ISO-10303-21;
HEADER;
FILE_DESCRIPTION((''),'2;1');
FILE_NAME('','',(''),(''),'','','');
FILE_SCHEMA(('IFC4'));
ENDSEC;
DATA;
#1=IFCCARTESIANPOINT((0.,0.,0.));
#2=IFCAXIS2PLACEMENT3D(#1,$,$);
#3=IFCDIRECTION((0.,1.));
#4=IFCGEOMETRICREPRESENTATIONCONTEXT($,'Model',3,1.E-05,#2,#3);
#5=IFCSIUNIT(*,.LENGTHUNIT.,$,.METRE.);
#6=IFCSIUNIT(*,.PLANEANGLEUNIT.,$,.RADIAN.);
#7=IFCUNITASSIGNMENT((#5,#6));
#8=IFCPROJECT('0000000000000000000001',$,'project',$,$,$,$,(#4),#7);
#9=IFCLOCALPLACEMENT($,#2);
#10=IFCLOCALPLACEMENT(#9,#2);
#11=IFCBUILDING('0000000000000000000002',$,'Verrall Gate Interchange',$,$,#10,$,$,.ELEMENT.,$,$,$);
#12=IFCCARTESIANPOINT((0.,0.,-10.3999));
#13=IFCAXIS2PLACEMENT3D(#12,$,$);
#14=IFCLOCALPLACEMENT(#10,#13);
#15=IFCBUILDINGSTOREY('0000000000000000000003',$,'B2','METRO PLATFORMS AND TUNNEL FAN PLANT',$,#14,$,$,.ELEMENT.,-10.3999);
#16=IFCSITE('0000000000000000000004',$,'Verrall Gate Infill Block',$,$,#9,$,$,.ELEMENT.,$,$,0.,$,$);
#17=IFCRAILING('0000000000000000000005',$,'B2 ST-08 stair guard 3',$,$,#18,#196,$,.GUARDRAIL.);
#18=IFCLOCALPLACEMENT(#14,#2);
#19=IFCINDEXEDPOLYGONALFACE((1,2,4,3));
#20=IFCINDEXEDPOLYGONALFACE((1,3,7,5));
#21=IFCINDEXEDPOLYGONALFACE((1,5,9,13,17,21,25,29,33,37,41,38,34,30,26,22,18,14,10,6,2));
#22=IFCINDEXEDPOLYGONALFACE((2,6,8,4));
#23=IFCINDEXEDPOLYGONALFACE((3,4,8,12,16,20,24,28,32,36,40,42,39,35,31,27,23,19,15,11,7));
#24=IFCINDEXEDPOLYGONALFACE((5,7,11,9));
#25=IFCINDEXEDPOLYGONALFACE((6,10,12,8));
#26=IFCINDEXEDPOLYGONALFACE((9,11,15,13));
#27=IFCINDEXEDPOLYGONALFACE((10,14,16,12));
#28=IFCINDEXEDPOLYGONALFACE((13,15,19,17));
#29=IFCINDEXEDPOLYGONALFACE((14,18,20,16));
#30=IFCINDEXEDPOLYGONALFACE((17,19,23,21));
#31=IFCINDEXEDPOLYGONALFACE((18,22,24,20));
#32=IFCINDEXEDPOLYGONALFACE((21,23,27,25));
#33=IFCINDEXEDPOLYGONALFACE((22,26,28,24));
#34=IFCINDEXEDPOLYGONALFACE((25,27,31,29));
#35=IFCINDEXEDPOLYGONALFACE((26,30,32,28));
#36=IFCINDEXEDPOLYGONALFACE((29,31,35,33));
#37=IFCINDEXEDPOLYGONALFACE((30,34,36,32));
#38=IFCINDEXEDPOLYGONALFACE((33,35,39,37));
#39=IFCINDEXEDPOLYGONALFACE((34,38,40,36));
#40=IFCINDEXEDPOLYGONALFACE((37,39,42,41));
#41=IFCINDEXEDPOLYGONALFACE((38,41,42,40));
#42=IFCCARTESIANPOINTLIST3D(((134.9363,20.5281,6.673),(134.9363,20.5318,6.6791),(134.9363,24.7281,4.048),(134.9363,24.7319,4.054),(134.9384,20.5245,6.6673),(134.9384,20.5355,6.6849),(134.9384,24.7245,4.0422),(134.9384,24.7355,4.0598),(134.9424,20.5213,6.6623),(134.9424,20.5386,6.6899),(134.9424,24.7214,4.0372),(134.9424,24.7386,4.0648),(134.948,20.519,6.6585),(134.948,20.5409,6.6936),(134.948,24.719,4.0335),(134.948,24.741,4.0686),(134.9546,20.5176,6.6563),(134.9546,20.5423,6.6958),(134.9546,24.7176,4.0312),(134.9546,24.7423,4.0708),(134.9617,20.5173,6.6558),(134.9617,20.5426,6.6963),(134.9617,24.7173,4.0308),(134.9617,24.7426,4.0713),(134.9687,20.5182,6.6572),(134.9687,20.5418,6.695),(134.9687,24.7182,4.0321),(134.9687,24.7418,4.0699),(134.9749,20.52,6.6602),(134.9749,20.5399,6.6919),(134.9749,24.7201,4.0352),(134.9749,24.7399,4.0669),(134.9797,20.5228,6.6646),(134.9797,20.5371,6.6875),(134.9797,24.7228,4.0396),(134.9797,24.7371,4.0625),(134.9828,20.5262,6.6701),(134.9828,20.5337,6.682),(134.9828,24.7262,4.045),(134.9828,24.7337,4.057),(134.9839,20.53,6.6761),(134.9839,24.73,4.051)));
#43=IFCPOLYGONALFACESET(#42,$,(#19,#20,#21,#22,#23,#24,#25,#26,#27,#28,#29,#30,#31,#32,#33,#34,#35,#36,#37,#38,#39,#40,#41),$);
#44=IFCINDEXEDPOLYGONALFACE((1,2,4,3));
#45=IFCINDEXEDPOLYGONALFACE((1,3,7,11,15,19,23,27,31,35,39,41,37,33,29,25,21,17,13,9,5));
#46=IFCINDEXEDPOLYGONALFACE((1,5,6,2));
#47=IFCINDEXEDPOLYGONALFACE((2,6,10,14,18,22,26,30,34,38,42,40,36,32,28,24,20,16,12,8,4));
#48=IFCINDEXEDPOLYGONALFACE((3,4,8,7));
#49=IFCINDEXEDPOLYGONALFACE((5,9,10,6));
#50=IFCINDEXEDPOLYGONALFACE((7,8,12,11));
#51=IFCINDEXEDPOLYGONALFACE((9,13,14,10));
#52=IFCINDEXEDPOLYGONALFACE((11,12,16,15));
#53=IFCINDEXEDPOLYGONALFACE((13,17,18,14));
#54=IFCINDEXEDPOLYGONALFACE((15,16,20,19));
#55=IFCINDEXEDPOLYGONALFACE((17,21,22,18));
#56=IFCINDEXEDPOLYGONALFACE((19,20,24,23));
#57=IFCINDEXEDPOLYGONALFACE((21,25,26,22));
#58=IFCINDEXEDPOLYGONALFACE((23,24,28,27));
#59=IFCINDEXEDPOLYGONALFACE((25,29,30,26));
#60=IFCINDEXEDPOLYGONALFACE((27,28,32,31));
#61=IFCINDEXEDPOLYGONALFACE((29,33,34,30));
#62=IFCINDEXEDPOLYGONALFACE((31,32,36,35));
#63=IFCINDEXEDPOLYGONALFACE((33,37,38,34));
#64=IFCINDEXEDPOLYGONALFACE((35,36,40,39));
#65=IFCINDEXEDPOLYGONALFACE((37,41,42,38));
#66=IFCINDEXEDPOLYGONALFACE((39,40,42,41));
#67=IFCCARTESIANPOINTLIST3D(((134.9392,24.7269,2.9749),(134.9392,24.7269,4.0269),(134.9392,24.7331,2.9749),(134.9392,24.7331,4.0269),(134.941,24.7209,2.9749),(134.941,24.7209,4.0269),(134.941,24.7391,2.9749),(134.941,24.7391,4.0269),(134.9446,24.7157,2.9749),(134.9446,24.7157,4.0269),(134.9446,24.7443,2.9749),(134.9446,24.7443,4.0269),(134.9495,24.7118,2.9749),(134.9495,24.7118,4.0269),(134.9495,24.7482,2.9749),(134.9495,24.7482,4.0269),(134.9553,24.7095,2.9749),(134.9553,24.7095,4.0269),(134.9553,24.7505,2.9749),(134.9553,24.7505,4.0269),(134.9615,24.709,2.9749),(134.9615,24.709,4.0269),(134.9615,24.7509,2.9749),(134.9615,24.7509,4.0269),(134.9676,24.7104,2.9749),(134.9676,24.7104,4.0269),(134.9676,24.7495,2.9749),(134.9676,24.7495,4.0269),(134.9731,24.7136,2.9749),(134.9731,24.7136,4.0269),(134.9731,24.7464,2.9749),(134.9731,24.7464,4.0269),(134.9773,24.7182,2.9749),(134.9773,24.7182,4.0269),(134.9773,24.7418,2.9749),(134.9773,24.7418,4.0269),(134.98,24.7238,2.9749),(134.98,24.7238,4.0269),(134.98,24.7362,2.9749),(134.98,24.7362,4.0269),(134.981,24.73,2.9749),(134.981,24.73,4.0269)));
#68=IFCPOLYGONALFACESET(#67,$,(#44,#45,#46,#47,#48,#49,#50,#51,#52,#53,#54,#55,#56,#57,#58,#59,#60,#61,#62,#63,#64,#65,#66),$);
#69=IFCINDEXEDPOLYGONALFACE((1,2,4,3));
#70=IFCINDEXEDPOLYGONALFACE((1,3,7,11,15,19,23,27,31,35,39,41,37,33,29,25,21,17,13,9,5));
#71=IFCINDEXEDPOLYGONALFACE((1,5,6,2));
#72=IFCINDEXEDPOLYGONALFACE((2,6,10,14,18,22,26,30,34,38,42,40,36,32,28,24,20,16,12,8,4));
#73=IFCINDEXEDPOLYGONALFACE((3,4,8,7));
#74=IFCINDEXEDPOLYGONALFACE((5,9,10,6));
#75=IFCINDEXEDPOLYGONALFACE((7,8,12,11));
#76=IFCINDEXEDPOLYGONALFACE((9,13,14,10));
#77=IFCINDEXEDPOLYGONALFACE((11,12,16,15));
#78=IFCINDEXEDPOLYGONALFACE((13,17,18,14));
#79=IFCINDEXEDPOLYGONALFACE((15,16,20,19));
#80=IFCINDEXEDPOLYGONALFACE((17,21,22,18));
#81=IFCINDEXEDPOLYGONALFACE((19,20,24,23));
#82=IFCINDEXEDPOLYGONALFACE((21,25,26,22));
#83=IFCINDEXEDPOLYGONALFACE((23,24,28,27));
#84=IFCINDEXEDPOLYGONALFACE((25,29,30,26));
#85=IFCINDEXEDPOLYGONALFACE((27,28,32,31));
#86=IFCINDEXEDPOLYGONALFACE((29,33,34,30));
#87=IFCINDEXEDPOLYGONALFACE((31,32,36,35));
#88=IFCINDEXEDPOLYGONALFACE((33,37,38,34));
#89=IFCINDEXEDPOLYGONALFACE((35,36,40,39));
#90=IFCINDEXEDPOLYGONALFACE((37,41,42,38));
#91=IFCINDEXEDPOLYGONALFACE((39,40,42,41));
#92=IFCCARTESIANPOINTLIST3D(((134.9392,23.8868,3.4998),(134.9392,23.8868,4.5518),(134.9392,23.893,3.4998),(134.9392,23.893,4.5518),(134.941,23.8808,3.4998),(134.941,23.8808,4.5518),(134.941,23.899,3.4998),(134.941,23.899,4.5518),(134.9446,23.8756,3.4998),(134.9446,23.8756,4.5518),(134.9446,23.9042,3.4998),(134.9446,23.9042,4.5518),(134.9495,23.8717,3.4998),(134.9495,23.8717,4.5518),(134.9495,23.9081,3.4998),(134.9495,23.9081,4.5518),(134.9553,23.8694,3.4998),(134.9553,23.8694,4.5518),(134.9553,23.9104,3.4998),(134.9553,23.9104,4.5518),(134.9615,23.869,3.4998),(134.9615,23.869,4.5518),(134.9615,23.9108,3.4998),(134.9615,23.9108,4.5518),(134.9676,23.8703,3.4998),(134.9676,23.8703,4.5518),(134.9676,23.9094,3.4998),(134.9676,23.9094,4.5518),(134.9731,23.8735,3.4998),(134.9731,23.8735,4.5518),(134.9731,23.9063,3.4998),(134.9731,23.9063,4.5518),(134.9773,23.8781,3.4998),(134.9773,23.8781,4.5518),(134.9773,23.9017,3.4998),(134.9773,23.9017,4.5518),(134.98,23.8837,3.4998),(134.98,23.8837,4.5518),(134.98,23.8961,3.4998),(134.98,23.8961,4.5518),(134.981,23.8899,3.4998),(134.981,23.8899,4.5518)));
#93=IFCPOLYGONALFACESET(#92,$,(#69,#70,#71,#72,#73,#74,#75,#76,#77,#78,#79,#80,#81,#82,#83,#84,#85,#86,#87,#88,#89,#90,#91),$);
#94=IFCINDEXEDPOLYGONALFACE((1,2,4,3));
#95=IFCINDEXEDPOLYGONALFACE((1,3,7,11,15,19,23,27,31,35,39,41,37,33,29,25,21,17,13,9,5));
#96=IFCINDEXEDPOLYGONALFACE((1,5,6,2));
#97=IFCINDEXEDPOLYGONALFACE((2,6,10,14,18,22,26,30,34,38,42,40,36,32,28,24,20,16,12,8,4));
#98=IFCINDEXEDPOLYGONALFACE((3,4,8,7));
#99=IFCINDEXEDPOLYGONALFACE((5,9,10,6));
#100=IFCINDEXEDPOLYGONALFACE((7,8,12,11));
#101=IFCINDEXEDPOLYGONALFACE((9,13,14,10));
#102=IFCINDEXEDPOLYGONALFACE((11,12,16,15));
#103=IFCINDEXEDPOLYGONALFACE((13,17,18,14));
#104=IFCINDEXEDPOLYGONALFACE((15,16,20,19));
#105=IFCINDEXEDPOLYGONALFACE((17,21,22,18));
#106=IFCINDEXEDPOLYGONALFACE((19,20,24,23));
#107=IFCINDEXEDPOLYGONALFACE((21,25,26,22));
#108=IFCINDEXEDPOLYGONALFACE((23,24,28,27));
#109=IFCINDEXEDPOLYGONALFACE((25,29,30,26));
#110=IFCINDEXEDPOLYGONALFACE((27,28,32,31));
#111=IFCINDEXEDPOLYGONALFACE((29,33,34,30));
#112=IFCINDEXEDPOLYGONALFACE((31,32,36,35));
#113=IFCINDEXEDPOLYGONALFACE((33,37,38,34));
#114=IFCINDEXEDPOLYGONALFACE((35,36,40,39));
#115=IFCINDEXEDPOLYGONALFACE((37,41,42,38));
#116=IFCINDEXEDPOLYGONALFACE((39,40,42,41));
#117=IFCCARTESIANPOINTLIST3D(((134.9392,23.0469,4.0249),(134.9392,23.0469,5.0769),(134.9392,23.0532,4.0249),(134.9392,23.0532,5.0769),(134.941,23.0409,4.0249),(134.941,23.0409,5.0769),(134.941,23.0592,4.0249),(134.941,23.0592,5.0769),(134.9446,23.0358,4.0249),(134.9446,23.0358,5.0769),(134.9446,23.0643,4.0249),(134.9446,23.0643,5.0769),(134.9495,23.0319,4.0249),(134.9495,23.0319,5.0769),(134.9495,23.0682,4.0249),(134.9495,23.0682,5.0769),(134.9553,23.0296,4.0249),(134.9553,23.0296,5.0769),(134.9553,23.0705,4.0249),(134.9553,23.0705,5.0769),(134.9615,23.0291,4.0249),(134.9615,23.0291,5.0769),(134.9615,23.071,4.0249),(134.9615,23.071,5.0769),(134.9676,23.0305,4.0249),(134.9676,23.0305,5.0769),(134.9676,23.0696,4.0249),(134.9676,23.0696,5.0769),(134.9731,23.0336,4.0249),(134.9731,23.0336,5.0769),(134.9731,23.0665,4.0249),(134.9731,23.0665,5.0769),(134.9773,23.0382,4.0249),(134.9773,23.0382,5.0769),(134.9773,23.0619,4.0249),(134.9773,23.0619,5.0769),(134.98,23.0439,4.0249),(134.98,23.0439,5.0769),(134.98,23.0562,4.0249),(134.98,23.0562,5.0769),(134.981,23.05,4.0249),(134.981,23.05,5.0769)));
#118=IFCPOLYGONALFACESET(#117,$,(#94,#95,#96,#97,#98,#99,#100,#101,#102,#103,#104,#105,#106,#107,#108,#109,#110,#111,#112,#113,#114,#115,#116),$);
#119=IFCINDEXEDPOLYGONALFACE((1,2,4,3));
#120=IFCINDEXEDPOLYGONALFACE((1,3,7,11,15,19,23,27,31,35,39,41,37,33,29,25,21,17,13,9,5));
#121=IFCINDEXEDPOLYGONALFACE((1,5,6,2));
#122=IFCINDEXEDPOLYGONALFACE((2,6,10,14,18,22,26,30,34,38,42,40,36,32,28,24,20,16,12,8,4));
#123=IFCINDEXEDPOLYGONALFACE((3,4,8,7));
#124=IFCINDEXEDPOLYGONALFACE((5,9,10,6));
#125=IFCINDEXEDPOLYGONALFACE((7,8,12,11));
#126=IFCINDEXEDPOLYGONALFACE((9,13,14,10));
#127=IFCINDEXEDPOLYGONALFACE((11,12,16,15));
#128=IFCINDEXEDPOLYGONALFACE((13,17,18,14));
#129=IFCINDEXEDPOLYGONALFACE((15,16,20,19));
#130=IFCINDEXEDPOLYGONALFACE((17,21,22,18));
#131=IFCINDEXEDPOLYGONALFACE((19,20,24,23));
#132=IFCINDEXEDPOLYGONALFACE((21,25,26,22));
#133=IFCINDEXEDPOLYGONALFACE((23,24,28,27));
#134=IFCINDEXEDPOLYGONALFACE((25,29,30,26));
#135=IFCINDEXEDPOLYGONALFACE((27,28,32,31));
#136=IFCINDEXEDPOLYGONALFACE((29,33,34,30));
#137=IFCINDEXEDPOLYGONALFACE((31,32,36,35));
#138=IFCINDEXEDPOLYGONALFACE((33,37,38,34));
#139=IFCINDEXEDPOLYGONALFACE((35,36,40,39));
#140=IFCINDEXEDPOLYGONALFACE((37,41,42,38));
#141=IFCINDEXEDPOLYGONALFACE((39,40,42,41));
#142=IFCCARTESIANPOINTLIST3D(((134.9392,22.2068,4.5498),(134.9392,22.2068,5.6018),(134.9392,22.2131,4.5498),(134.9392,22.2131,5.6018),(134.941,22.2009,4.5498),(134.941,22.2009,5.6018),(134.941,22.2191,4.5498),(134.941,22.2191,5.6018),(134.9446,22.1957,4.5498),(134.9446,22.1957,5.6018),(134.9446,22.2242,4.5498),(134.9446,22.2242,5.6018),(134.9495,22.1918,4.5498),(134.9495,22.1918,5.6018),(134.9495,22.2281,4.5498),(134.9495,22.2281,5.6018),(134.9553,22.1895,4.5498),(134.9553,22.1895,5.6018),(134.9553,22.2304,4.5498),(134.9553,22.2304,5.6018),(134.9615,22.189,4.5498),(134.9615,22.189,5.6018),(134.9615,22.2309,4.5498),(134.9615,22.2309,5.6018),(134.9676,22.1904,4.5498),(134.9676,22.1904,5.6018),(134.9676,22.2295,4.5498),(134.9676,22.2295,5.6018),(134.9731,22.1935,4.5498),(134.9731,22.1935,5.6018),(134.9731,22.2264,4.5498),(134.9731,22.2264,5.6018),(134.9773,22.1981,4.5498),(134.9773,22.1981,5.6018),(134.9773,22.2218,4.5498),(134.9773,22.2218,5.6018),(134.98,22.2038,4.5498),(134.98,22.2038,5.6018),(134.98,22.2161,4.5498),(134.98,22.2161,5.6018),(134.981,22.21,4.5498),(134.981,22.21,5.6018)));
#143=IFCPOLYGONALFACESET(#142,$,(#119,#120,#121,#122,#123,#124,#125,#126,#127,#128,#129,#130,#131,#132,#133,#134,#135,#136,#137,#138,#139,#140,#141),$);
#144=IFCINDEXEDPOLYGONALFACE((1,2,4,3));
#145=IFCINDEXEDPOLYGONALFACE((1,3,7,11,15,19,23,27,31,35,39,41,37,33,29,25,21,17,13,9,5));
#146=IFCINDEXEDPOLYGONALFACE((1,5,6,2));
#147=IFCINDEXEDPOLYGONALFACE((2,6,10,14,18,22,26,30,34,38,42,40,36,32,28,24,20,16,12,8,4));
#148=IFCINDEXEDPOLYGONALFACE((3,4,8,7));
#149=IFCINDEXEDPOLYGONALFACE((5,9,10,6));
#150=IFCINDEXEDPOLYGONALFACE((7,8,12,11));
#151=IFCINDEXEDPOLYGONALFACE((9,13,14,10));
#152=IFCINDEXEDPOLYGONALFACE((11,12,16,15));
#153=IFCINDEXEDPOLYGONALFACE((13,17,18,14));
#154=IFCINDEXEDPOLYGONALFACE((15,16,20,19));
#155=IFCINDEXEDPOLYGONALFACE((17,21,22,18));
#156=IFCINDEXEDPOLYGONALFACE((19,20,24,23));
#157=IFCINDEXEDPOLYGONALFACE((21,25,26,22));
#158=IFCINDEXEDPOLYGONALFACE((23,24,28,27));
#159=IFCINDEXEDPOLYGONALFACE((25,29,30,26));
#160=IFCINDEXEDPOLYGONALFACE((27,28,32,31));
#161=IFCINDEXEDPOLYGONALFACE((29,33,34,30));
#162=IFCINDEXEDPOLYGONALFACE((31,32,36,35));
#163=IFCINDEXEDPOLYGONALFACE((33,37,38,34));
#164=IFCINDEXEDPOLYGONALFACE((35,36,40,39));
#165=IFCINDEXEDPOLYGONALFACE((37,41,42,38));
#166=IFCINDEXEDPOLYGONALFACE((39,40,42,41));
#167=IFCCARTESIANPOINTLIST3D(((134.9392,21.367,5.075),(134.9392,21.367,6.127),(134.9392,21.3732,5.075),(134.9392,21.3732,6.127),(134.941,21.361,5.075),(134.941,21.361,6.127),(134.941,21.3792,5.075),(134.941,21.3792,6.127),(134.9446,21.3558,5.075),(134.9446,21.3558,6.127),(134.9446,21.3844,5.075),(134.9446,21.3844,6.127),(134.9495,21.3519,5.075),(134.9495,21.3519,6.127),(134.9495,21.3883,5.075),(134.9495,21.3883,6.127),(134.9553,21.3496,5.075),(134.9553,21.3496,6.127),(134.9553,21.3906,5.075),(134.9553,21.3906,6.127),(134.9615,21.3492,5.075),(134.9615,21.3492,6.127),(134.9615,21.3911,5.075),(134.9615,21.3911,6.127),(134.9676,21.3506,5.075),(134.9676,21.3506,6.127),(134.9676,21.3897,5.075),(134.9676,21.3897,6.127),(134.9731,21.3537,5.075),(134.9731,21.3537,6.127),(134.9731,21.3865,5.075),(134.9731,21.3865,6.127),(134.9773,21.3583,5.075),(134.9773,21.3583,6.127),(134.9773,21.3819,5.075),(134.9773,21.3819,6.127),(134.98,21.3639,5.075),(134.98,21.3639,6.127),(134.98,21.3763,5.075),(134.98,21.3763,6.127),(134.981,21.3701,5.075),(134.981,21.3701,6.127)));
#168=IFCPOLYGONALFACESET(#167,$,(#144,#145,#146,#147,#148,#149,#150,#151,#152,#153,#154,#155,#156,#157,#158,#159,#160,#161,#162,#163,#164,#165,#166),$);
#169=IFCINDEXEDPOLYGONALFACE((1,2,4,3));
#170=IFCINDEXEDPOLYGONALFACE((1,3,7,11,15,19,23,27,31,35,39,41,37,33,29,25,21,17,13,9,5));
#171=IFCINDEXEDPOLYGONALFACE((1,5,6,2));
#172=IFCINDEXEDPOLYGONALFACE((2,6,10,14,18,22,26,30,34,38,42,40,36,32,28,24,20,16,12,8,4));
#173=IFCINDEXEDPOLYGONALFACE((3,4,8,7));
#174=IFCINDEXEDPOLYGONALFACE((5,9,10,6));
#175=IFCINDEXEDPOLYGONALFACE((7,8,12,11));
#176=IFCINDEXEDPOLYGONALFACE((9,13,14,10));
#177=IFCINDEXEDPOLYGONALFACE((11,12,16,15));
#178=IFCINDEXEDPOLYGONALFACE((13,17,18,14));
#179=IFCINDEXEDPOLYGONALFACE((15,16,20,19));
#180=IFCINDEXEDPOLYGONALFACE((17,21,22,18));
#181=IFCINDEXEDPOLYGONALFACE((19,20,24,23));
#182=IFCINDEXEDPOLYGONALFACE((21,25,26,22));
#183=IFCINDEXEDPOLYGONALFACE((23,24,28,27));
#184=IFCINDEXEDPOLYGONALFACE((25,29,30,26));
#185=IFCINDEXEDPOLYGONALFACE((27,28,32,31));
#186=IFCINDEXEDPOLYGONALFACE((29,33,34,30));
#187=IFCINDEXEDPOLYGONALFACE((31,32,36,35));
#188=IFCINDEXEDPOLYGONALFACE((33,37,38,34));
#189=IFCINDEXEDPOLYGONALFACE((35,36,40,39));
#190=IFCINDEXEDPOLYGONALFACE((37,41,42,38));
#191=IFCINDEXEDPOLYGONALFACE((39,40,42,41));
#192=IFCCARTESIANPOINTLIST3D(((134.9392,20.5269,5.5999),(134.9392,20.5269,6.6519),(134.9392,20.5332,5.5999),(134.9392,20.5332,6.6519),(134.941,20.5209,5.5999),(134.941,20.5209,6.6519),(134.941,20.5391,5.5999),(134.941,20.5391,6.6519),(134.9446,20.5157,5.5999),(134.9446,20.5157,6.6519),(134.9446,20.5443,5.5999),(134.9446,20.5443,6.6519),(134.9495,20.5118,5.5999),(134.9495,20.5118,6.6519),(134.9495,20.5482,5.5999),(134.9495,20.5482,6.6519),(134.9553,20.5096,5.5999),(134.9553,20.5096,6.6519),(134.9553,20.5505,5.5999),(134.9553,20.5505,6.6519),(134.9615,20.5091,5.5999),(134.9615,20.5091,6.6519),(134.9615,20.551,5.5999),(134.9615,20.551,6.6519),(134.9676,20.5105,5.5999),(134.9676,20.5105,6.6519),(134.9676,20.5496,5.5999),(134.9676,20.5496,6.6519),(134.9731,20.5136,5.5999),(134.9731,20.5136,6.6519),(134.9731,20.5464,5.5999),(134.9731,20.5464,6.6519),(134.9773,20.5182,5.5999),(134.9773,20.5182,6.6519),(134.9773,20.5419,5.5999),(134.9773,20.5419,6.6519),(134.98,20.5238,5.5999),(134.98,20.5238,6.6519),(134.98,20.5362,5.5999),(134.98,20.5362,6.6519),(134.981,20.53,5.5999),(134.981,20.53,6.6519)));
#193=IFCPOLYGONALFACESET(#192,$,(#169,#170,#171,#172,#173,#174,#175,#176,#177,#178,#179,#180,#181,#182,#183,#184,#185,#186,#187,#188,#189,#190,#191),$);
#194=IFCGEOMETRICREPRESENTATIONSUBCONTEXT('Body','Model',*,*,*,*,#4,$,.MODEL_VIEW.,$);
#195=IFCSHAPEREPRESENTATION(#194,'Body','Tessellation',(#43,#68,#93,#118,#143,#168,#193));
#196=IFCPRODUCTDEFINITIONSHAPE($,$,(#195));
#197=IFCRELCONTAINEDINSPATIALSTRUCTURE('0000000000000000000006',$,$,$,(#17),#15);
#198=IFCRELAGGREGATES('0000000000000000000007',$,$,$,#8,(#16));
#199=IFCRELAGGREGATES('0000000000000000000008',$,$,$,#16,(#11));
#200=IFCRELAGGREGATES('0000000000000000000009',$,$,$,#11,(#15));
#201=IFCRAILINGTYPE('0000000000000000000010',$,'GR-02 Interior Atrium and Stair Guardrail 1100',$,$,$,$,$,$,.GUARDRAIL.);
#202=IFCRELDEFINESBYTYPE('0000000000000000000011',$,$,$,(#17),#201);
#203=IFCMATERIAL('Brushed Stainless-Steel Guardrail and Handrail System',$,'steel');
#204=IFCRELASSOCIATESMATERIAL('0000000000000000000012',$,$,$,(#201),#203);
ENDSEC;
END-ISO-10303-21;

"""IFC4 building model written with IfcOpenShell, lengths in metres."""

from ifc_helpers import new_model, si_unit, direction, frame, origin, origin_2d, place, context, subcontext, project, spatial, circle, extrude, material, type_object, element, save


model = new_model("IFC4")

# Units and contexts
model_context = context("Model", 3, precision=1e-05, world=origin(), true_north=direction((0.0, 1.0)))
body_context = subcontext(model_context, "Body", "Model", "MODEL_VIEW")
ifc_project = project(units=[si_unit("LENGTHUNIT", "METRE"), si_unit("PLANEANGLEUNIT", "RADIAN")], contexts=[model_context])

# Site, building, storey
site_placement = place(None, origin())
site = spatial("IfcSite", under=ifc_project, at=site_placement, Name="Verrall Gate Infill Block", CompositionType="ELEMENT", RefElevation=0.0)
building_placement = place(site_placement, origin())
building = spatial("IfcBuilding", under=site, at=building_placement, Name="Verrall Gate Interchange", CompositionType="ELEMENT")
storey_placement = place(building_placement, frame((0.0, 0.0, -10.3999)))
storey = spatial("IfcBuildingStorey", under=building, at=storey_placement, Name="B2", Description="METRO PLATFORMS AND TUNNEL FAN PLANT", CompositionType="ELEMENT", Elevation=-10.3999)

# Railing
ifc_material_1 = material(Name="Brushed Stainless-Steel Guardrail and Handrail System", Category="steel")
railing_type_1 = type_object("IfcRailingType", Name="GR-02 Interior Atrium and Stair Guardrail 1100", PredefinedType="GUARDRAIL", material=ifc_material_1)
railing_1_placement = place(storey_placement, frame((134.96, 24.73, 2.9749)))
element("IfcRailing", 1, at=railing_1_placement, inside=storey, type_object=railing_type_1, Name="B2 ST-08 stair guard 3", PredefinedType="GUARDRAIL", context=body_context, shape_type="SweptSolid", body=[
    extrude(circle(Radius=0.0239, at=origin_2d()), frame((0.0, 0.0, 1.0762), z_axis=(0.0, -0.847996, 0.530003), x_axis=(1.0, 0.0, 0.0)), (0.0, 0.0, 1.0), 4.9529),
    extrude(circle(Radius=0.021, at=origin_2d()), origin(), (0.0, 0.0, 1.0), 1.052),
    extrude(circle(Radius=0.021, at=origin_2d()), frame((0.0, -0.8401, 0.5249)), (0.0, 0.0, 1.0), 1.052),
    extrude(circle(Radius=0.021, at=origin_2d()), frame((0.0, -1.6799, 1.05)), (0.0, 0.0, 1.0), 1.052),
    extrude(circle(Radius=0.021, at=origin_2d()), frame((0.0, -2.52, 1.575)), (0.0, 0.0, 1.0), 1.052),
    extrude(circle(Radius=0.021, at=origin_2d()), frame((0.0, -3.3599, 2.1001)), (0.0, 0.0, 1.0), 1.052),
    extrude(circle(Radius=0.021, at=origin_2d()), frame((0.0, -4.2, 2.625)), (0.0, 0.0, 1.0), 1.052),
])

save(model, "model.ifc")
